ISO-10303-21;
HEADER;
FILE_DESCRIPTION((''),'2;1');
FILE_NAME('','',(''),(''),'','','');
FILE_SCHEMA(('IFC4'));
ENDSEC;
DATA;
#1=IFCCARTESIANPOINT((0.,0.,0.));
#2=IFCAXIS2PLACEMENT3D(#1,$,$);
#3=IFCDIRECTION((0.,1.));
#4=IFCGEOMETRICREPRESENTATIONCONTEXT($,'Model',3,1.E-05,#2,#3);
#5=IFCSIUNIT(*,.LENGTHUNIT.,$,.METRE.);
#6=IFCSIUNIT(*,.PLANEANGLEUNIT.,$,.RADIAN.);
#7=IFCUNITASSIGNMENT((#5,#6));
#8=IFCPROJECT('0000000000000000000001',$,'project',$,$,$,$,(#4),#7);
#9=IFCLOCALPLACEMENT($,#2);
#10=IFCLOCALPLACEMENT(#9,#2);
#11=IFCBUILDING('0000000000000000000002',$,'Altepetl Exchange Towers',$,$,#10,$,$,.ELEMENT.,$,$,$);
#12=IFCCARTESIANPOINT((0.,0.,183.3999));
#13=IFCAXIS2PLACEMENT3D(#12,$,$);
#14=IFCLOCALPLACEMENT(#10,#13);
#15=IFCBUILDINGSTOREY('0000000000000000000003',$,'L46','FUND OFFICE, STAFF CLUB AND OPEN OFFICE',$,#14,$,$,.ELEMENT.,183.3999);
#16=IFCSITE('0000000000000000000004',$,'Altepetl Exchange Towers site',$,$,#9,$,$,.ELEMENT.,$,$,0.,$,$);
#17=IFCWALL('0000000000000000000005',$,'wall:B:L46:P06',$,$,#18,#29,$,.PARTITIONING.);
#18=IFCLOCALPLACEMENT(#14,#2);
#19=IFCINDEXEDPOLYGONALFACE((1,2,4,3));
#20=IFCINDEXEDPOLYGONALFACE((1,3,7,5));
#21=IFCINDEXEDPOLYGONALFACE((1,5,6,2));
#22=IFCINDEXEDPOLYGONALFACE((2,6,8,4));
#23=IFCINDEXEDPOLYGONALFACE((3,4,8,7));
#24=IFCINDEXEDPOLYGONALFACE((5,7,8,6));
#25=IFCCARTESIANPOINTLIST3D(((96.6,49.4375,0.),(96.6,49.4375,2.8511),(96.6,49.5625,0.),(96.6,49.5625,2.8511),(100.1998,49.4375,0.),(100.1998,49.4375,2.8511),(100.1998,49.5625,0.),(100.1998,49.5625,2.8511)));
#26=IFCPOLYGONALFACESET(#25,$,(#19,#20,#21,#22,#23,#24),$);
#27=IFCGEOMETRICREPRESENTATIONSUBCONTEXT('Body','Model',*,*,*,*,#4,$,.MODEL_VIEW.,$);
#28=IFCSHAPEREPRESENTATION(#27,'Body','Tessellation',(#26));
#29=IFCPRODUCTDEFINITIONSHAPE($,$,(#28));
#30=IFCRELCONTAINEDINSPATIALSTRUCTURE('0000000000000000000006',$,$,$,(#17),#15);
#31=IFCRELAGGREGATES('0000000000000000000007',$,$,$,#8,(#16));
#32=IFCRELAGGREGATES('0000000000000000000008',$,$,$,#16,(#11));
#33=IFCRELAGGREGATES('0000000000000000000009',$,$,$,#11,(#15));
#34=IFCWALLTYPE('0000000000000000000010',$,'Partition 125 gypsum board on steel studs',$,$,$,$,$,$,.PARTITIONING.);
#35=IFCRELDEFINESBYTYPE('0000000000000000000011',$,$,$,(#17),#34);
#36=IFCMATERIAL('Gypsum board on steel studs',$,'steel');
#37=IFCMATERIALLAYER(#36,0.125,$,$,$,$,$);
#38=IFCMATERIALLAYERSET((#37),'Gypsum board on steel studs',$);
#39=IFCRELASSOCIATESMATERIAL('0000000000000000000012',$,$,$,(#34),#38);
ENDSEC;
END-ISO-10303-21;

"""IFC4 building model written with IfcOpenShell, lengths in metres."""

from ifc_helpers import new_model, si_unit, direction, frame, frame_2d, origin, place, context, subcontext, project, spatial, rectangle, extrude, material, layer, layer_set, type_object, element, save


model = new_model("IFC4")

# Units and contexts
model_context = context("Model", 3, precision=1e-05, world=origin(), true_north=direction((0.0, 1.0)))
body_context = subcontext(model_context, "Body", "Model", "MODEL_VIEW")
ifc_project = project(units=[si_unit("LENGTHUNIT", "METRE"), si_unit("PLANEANGLEUNIT", "RADIAN")], contexts=[model_context])

# Site, building, storey
site_placement = place(None, origin())
site = spatial("IfcSite", under=ifc_project, at=site_placement, Name="Altepetl Exchange Towers site", CompositionType="ELEMENT", RefElevation=0.0)
building_placement = place(site_placement, origin())
building = spatial("IfcBuilding", under=site, at=building_placement, Name="Altepetl Exchange Towers", CompositionType="ELEMENT")
storey_placement = place(building_placement, frame((0.0, 0.0, 183.3999)))
storey = spatial("IfcBuildingStorey", under=building, at=storey_placement, Name="L46", Description="FUND OFFICE, STAFF CLUB AND OPEN OFFICE", CompositionType="ELEMENT", Elevation=183.3999)

# Wall
ifc_material_1 = material(Name="Gypsum board on steel studs", Category="steel")
ifc_layer_1 = layer(ifc_material_1, 0.125)
ifc_layer_set_1 = layer_set([ifc_layer_1], Name="Gypsum board on steel studs")
wall_type = type_object("IfcWallType", Name="Partition 125 gypsum board on steel studs", PredefinedType="PARTITIONING", material=ifc_layer_set_1)
wall_placement = place(storey_placement, frame((96.6001, 49.5, 0.0)))
element("IfcWall", 1, at=wall_placement, inside=storey, type_object=wall_type, Name="wall:B:L46:P06", PredefinedType="PARTITIONING", context=body_context, shape_type="SweptSolid", body=[
    extrude(rectangle(XDim=3.5999, YDim=0.125, at=frame_2d((1.7998, 0.0))), origin(), (0.0, 0.0, 1.0), 2.8511),
])

save(model, "model.ifc")
